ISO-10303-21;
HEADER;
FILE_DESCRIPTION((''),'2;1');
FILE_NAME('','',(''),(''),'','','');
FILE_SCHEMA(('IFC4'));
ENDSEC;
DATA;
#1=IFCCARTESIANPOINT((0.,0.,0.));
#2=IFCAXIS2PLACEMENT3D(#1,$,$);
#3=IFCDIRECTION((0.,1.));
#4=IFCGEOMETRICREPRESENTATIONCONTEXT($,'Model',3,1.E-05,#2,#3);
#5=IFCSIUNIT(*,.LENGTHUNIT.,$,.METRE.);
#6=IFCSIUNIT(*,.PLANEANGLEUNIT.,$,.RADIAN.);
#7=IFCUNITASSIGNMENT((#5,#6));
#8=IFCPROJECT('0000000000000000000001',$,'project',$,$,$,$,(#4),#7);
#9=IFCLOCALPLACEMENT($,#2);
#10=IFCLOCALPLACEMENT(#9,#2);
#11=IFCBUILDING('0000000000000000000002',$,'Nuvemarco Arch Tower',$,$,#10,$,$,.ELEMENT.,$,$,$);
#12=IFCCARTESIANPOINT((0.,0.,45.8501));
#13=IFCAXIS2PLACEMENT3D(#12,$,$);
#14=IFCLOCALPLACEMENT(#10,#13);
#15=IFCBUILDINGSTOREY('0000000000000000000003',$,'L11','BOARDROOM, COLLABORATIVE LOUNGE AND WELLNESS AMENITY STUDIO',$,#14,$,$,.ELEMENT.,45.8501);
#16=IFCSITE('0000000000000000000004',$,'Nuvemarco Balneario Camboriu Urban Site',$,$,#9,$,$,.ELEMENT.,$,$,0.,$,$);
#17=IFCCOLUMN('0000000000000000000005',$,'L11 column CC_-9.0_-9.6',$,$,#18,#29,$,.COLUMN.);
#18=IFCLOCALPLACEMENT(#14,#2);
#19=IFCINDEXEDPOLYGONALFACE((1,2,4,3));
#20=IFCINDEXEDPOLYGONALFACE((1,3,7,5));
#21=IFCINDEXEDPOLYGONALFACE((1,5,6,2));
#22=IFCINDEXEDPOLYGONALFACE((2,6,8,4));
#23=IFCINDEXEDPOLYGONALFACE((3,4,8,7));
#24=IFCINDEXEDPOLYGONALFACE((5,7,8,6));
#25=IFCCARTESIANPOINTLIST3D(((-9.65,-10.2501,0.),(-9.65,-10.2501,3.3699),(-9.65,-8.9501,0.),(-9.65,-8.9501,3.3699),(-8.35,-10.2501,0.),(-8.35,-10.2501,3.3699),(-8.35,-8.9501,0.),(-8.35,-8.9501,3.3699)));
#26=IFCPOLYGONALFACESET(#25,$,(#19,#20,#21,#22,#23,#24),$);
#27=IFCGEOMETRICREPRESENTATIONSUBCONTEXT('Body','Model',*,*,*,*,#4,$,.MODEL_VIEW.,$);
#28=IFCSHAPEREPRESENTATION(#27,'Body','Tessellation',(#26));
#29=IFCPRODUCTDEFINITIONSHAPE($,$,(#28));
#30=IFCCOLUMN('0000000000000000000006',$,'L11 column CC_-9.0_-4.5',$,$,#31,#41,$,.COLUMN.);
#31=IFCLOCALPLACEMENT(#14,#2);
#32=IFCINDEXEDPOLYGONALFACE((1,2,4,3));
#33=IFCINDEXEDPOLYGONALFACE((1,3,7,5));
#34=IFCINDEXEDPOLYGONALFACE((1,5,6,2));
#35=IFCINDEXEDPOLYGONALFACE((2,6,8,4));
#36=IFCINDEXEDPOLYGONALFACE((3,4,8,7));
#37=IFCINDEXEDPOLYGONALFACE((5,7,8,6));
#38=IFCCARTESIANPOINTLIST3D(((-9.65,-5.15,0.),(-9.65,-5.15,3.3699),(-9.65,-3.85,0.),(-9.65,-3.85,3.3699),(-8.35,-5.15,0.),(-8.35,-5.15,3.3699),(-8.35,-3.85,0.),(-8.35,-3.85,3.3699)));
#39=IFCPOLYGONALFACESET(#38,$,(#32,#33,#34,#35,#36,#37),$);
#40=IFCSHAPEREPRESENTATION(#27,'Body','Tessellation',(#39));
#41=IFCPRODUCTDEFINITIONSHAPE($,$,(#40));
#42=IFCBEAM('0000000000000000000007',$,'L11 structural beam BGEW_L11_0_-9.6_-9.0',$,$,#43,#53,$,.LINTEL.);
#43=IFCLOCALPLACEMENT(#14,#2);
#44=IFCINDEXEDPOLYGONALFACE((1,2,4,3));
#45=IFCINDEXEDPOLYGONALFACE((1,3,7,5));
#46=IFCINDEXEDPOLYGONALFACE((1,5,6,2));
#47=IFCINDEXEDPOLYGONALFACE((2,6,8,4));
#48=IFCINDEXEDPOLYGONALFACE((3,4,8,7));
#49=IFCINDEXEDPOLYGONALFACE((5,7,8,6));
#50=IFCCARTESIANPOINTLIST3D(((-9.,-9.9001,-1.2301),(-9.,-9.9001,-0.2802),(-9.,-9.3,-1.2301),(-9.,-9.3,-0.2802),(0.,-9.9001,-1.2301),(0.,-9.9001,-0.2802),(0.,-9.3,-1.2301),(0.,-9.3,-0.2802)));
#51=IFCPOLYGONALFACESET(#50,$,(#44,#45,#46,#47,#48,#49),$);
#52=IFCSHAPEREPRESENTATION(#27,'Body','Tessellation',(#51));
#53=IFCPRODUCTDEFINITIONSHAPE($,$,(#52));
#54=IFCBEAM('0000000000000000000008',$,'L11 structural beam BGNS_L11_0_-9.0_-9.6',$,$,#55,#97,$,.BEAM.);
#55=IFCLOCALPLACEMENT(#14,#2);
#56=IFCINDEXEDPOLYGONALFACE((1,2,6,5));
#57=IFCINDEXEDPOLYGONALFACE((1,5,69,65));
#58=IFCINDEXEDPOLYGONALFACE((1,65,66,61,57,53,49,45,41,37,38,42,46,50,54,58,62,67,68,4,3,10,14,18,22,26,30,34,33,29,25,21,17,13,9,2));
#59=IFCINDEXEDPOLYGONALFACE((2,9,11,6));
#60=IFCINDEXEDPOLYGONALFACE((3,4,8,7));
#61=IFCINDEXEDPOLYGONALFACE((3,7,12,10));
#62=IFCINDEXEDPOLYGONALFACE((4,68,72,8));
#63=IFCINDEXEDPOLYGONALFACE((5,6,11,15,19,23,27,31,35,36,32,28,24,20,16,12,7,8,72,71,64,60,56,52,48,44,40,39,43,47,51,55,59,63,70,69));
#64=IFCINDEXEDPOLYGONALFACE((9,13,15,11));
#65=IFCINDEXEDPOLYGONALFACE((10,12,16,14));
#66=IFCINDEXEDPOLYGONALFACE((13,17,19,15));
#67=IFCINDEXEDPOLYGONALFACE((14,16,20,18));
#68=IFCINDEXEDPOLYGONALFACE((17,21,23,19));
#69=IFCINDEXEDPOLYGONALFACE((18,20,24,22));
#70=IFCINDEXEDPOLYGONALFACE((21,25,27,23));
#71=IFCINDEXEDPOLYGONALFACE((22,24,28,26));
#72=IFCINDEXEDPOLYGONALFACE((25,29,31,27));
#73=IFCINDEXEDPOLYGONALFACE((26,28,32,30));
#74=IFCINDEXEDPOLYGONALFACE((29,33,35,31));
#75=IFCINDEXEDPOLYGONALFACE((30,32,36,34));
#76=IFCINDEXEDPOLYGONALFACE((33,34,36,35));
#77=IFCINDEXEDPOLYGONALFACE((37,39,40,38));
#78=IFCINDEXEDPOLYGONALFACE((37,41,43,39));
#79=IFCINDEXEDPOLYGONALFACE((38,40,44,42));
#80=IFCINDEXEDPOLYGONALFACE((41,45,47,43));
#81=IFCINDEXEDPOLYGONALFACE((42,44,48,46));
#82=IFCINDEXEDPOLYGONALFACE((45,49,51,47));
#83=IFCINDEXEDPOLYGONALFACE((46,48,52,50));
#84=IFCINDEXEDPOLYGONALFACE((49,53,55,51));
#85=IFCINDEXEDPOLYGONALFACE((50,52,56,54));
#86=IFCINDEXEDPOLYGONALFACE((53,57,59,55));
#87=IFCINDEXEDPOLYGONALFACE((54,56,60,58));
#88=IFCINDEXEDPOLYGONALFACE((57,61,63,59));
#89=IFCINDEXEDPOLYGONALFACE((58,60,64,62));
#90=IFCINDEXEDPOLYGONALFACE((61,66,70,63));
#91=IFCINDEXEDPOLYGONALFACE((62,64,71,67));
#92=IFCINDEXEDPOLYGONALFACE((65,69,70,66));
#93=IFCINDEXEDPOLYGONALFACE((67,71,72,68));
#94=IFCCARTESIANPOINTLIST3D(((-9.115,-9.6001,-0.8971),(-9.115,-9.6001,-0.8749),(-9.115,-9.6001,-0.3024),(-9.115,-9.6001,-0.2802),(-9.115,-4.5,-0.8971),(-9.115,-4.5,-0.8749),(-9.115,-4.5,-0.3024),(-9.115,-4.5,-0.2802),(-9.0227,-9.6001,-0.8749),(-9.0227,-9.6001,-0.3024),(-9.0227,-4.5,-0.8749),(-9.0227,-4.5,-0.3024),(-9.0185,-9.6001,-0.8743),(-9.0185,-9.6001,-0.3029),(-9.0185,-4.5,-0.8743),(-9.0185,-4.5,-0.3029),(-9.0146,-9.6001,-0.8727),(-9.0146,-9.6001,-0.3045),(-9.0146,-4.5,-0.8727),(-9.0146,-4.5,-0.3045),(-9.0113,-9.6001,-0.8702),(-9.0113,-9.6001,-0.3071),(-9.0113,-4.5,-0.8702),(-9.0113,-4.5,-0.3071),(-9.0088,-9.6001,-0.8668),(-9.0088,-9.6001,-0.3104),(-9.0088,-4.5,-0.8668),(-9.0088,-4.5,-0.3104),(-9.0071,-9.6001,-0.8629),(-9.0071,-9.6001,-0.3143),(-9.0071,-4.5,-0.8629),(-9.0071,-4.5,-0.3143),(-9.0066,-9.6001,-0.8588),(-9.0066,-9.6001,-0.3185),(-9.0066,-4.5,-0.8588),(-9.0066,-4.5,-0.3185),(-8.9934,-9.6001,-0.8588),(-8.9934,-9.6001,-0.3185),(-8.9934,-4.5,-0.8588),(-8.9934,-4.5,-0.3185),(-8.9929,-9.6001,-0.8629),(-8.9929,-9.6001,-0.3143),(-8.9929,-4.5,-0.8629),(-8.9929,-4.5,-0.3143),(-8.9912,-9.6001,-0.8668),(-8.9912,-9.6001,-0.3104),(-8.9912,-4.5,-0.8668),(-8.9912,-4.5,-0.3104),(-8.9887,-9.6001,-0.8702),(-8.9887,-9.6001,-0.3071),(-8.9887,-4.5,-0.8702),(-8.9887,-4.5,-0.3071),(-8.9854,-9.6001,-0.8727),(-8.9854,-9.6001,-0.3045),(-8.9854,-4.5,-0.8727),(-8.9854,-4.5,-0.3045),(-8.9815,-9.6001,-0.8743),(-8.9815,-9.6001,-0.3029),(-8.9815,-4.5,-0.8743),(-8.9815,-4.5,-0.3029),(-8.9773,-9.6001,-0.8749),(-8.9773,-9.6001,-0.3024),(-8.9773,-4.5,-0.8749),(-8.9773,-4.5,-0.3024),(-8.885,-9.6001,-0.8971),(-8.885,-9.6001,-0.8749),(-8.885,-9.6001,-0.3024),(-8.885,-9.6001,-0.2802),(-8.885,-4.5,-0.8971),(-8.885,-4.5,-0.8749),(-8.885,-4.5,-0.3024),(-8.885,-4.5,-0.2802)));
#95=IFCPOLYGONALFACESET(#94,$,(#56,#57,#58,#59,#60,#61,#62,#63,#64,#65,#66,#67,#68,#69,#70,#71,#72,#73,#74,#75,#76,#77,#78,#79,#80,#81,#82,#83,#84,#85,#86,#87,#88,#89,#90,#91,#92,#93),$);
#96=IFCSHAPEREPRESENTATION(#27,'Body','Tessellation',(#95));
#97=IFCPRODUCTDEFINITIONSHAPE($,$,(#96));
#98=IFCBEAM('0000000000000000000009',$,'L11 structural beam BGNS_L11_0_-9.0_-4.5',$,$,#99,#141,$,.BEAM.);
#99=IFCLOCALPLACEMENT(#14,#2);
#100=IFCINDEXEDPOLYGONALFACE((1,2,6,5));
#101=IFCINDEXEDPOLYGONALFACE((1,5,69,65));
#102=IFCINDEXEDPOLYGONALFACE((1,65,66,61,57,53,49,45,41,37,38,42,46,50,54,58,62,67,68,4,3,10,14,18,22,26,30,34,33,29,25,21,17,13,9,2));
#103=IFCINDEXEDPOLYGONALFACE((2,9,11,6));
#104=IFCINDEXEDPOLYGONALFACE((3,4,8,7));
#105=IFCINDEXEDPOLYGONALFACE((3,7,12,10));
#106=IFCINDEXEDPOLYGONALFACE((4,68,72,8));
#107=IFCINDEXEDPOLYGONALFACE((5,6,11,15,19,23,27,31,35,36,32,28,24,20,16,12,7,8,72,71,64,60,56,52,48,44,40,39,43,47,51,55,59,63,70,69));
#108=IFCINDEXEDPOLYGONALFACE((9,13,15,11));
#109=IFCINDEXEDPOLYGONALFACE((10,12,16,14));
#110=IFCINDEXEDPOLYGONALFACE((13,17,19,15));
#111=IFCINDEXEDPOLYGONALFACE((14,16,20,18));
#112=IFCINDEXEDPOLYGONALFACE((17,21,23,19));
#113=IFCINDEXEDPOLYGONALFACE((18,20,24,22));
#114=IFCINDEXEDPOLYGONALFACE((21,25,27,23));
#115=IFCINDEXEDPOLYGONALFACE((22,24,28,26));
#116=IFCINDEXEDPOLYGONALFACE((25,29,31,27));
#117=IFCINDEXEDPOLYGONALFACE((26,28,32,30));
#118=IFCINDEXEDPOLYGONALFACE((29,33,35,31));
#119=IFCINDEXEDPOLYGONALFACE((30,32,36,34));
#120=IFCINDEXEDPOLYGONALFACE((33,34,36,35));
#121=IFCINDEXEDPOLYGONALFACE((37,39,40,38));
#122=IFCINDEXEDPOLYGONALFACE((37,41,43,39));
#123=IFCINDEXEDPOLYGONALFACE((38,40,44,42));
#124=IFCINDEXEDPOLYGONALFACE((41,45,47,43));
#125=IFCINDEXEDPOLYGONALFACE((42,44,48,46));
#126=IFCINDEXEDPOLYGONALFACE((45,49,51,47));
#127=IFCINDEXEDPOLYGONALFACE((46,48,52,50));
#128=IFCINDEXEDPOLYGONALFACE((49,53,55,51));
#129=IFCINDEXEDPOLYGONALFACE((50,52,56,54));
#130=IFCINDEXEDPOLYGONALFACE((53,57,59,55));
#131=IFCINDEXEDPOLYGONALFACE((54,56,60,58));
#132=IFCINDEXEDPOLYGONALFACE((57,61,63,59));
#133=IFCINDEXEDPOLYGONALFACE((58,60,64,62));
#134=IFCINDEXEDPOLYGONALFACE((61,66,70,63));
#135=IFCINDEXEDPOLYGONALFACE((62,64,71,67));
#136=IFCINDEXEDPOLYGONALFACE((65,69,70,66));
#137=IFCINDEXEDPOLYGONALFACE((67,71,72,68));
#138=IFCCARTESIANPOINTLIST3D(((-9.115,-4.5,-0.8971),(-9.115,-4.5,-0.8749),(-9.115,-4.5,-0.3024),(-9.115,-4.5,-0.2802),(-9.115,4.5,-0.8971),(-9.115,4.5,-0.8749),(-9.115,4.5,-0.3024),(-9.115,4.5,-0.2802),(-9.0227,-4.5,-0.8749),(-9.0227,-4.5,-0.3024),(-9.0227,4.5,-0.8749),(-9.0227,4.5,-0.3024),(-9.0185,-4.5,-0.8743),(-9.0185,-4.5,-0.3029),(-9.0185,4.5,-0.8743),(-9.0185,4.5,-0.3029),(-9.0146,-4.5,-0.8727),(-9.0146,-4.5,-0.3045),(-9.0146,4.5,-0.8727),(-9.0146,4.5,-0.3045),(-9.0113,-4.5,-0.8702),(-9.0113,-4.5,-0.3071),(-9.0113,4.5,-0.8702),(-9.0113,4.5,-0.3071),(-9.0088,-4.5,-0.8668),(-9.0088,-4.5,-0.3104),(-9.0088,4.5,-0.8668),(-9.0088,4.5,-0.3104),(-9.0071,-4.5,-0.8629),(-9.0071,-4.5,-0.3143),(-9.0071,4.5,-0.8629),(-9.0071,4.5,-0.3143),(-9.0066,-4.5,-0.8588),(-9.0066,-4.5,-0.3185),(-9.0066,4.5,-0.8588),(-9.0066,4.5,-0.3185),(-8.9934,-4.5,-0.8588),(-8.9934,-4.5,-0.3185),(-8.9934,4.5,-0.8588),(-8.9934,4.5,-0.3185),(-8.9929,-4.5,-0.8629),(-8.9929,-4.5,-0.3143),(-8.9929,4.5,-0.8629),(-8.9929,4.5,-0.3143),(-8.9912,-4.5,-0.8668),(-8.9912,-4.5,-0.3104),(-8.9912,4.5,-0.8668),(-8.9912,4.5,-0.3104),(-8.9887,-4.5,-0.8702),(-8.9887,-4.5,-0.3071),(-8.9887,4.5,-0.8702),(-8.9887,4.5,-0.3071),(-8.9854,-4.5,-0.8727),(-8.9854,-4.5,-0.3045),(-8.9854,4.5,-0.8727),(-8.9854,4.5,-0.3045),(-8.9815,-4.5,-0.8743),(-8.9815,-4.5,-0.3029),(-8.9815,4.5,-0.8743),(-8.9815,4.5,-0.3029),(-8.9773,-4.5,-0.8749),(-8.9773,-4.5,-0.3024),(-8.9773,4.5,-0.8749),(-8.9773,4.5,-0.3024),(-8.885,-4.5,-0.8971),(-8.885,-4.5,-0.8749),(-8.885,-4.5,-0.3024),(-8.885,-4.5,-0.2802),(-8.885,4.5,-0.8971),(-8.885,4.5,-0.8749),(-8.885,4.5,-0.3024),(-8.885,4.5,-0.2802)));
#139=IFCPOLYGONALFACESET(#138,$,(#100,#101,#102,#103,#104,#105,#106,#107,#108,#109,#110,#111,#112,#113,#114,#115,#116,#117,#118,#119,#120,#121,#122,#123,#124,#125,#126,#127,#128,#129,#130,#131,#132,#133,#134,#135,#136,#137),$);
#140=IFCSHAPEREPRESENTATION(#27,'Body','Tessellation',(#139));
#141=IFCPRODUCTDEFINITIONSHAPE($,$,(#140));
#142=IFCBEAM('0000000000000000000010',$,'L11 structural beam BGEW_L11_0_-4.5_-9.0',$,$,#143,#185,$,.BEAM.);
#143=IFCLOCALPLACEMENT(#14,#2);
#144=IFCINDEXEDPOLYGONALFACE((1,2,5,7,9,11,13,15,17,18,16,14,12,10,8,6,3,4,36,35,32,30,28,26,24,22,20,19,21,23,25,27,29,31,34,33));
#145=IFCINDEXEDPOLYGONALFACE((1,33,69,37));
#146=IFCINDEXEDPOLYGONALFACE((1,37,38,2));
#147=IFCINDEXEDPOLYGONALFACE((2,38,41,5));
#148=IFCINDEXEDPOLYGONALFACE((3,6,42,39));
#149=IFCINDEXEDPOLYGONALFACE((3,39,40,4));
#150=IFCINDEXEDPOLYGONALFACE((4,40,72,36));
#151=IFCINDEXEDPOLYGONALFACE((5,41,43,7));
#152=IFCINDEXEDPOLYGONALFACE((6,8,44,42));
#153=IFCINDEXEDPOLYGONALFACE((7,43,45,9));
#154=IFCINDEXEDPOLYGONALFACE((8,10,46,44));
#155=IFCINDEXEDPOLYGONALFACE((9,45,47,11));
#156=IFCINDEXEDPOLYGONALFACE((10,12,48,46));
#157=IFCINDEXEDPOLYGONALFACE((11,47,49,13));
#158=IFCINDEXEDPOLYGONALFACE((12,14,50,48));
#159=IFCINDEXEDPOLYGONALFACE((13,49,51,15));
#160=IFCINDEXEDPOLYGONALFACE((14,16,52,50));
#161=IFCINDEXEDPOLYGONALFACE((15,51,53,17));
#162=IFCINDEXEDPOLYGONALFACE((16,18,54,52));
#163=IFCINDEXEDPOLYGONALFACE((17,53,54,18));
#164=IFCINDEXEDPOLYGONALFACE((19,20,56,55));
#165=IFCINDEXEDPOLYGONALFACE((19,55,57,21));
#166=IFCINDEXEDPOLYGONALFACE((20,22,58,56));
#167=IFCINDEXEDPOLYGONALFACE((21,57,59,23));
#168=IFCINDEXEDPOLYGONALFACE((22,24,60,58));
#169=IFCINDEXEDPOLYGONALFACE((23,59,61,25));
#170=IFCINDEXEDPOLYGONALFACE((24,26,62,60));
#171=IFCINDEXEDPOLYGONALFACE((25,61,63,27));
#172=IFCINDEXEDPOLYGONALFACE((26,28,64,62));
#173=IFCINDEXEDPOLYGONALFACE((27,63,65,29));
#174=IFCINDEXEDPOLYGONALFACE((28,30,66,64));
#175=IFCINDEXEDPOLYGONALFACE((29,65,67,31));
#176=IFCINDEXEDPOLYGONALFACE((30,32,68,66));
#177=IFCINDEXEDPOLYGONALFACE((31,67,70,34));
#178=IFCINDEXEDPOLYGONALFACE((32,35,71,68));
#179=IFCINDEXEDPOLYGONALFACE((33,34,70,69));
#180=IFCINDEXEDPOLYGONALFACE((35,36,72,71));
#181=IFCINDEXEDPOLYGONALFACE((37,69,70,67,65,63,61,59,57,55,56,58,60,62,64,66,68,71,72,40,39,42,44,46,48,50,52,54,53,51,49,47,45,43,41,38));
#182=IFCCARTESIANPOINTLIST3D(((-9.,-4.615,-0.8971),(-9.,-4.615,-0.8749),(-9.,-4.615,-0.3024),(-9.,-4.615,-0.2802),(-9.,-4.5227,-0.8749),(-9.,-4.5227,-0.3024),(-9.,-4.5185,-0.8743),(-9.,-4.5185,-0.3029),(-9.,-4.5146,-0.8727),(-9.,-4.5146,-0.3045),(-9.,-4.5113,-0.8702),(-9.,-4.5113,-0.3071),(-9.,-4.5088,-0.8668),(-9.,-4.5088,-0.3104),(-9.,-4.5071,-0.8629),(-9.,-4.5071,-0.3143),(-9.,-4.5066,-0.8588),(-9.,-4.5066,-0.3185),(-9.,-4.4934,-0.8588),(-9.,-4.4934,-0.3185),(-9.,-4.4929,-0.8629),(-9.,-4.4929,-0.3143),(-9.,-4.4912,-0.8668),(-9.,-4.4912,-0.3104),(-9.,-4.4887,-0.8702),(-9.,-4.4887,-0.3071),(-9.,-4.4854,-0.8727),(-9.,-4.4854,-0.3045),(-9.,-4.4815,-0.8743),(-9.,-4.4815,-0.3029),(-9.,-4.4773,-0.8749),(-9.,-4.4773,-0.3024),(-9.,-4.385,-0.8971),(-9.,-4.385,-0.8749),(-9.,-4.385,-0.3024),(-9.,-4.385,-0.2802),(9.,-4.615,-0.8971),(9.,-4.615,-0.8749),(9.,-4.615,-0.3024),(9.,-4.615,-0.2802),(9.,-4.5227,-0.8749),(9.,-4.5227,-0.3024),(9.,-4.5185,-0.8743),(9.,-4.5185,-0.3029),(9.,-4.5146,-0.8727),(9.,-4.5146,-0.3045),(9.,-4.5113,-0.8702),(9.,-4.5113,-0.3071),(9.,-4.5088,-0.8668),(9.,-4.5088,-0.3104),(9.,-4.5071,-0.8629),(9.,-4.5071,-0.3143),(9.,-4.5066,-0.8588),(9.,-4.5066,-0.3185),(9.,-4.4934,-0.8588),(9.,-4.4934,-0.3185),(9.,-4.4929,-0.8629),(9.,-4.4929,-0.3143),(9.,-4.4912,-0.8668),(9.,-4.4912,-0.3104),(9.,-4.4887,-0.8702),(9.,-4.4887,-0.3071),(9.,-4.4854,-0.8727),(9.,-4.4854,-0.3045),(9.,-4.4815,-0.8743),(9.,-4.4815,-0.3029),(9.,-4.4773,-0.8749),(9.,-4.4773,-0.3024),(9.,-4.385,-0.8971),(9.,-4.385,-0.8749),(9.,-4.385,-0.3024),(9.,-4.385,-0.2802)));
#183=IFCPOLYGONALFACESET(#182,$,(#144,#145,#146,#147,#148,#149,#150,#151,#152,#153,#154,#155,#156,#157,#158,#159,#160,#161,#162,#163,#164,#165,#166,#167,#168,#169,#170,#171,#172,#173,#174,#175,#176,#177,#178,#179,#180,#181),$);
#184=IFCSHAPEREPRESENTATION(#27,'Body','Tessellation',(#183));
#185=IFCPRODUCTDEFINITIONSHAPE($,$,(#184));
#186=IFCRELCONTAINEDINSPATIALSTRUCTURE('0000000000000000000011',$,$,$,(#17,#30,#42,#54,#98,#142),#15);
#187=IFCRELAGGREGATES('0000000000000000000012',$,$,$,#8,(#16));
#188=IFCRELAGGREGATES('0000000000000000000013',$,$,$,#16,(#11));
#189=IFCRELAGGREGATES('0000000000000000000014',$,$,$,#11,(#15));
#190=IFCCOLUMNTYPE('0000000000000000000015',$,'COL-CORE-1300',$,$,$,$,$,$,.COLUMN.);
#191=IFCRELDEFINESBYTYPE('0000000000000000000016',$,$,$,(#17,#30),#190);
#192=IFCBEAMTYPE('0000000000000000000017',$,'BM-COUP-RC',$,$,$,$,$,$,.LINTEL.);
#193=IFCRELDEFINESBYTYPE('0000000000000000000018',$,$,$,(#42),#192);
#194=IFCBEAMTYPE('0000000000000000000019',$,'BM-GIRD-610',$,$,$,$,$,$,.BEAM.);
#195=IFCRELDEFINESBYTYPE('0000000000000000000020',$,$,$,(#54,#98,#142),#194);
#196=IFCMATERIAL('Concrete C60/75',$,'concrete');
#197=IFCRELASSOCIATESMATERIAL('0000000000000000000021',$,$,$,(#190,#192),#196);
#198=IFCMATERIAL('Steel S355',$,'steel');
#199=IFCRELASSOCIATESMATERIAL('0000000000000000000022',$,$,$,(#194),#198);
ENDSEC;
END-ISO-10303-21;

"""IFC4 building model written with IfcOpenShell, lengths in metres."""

from ifc_helpers import new_model, si_unit, direction, frame, origin, origin_2d, place, context, subcontext, project, spatial, rectangle, i_section, extrude, material, material_profile, profile_set, type_object, element, save


model = new_model("IFC4")

# Units and contexts
model_context = context("Model", 3, precision=1e-05, world=origin(), true_north=direction((0.0, 1.0)))
body_context = subcontext(model_context, "Body", "Model", "MODEL_VIEW")
ifc_project = project(units=[si_unit("LENGTHUNIT", "METRE"), si_unit("PLANEANGLEUNIT", "RADIAN")], contexts=[model_context])

# Site, building, storey
site_placement = place(None, origin())
site = spatial("IfcSite", under=ifc_project, at=site_placement, Name="Nuvemarco Balneario Camboriu Urban Site", CompositionType="ELEMENT", RefElevation=0.0)
building_placement = place(site_placement, origin())
building = spatial("IfcBuilding", under=site, at=building_placement, Name="Nuvemarco Arch Tower", CompositionType="ELEMENT")
storey_placement = place(building_placement, frame((0.0, 0.0, 45.8501)))
storey = spatial("IfcBuildingStorey", under=building, at=storey_placement, Name="L11", Description="BOARDROOM, COLLABORATIVE LOUNGE AND WELLNESS AMENITY STUDIO", CompositionType="ELEMENT", Elevation=45.8501)

# Columns
ifc_material_1 = material(Name="Concrete C60/75", Category="concrete")
ifc_material_profile_1 = material_profile(ifc_material_1, rectangle(XDim=1.3, YDim=1.3, at=origin_2d()), Name="RC-COL-1300x1300")
ifc_profile_set_1 = profile_set([ifc_material_profile_1], Name="Concrete C60/75")
column_type = type_object("IfcColumnType", Name="COL-CORE-1300", PredefinedType="COLUMN", material=ifc_profile_set_1)
for number, where, z_axis, x_axis, name in (
    (1, (-9.0, -9.6001, 0.0), (0.0, 0.0, 1.0), (1.0, 0.0, 0.0), "L11 column CC_-9.0_-9.6"),
    (2, (-9.0, -4.5, 0.0), (0.0, 0.0, 1.0), (1.0, 0.0, 0.0), "L11 column CC_-9.0_-4.5"),
):
    element("IfcColumn", number, at=place(storey_placement, frame(where, z_axis=z_axis, x_axis=x_axis)), inside=storey, type_object=column_type, Name=name, PredefinedType="COLUMN", context=body_context, shape_type="SweptSolid", body=[
        extrude(rectangle(XDim=1.3, YDim=1.3, at=origin_2d()), origin(), (0.0, 0.0, 1.0), 3.3699),
    ])

# Beams
ifc_material_profile_2 = material_profile(ifc_material_1, rectangle(XDim=0.6001, YDim=0.95, at=origin_2d()), Name="RC-BM-600x950")
ifc_profile_set_2 = profile_set([ifc_material_profile_2], Name="Concrete C60/75")
beam_type_1 = type_object("IfcBeamType", Name="BM-COUP-RC", PredefinedType="LINTEL", material=ifc_profile_set_2)
beam_1_placement = place(storey_placement, frame((-9.0, -9.6001, -0.7551), z_axis=(1.0, 0.0, 0.0), x_axis=(0.0, 1.0, 0.0)))
element("IfcBeam", 3, at=beam_1_placement, inside=storey, type_object=beam_type_1, Name="L11 structural beam BGEW_L11_0_-9.6_-9.0", PredefinedType="LINTEL", context=body_context, shape_type="SweptSolid", body=[
    extrude(rectangle(XDim=0.6001, YDim=0.95, at=origin_2d()), origin(), (0.0, 0.0, 1.0), 9.0),
])
ifc_material_2 = material(Name="Steel S355", Category="steel")
ifc_material_profile_3 = material_profile(ifc_material_2, i_section(OverallWidth=0.23, OverallDepth=0.6169, WebThickness=0.0132, FlangeThickness=0.0222, FilletRadius=0.0161, at=origin_2d()), Name="W610x140")
ifc_profile_set_3 = profile_set([ifc_material_profile_3], Name="Steel S355")
beam_type_2 = type_object("IfcBeamType", Name="BM-GIRD-610", PredefinedType="BEAM", material=ifc_profile_set_3)
beam_2_placement = place(storey_placement, frame((-9.0, -9.6001, -0.5886), z_axis=(0.0, 1.0, 0.0), x_axis=(-1.0, 0.0, 0.0)))
element("IfcBeam", 4, at=beam_2_placement, inside=storey, type_object=beam_type_2, Name="L11 structural beam BGNS_L11_0_-9.0_-9.6", PredefinedType="BEAM", context=body_context, shape_type="SweptSolid", body=[
    extrude(i_section(OverallWidth=0.23, OverallDepth=0.6169, WebThickness=0.0132, FlangeThickness=0.0222, FilletRadius=0.0161, at=origin_2d()), origin(), (0.0, 0.0, 1.0), 5.1001),
])
beam_3_placement = place(storey_placement, frame((-9.0, -4.5, -0.5886), z_axis=(0.0, 1.0, 0.0), x_axis=(-1.0, 0.0, 0.0)))
element("IfcBeam", 5, at=beam_3_placement, inside=storey, type_object=beam_type_2, Name="L11 structural beam BGNS_L11_0_-9.0_-4.5", PredefinedType="BEAM", context=body_context, shape_type="SweptSolid", body=[
    extrude(i_section(OverallWidth=0.23, OverallDepth=0.6169, WebThickness=0.0132, FlangeThickness=0.0222, FilletRadius=0.0161, at=origin_2d()), origin(), (0.0, 0.0, 1.0), 9.0),
])
beam_4_placement = place(storey_placement, frame((-9.0, -4.5, -0.5886), z_axis=(1.0, 0.0, 0.0), x_axis=(0.0, 1.0, 0.0)))
element("IfcBeam", 6, at=beam_4_placement, inside=storey, type_object=beam_type_2, Name="L11 structural beam BGEW_L11_0_-4.5_-9.0", PredefinedType="BEAM", context=body_context, shape_type="SweptSolid", body=[
    extrude(i_section(OverallWidth=0.23, OverallDepth=0.6169, WebThickness=0.0132, FlangeThickness=0.0222, FilletRadius=0.0161, at=origin_2d()), origin(), (0.0, 0.0, 1.0), 18.0),
])

save(model, "model.ifc")
